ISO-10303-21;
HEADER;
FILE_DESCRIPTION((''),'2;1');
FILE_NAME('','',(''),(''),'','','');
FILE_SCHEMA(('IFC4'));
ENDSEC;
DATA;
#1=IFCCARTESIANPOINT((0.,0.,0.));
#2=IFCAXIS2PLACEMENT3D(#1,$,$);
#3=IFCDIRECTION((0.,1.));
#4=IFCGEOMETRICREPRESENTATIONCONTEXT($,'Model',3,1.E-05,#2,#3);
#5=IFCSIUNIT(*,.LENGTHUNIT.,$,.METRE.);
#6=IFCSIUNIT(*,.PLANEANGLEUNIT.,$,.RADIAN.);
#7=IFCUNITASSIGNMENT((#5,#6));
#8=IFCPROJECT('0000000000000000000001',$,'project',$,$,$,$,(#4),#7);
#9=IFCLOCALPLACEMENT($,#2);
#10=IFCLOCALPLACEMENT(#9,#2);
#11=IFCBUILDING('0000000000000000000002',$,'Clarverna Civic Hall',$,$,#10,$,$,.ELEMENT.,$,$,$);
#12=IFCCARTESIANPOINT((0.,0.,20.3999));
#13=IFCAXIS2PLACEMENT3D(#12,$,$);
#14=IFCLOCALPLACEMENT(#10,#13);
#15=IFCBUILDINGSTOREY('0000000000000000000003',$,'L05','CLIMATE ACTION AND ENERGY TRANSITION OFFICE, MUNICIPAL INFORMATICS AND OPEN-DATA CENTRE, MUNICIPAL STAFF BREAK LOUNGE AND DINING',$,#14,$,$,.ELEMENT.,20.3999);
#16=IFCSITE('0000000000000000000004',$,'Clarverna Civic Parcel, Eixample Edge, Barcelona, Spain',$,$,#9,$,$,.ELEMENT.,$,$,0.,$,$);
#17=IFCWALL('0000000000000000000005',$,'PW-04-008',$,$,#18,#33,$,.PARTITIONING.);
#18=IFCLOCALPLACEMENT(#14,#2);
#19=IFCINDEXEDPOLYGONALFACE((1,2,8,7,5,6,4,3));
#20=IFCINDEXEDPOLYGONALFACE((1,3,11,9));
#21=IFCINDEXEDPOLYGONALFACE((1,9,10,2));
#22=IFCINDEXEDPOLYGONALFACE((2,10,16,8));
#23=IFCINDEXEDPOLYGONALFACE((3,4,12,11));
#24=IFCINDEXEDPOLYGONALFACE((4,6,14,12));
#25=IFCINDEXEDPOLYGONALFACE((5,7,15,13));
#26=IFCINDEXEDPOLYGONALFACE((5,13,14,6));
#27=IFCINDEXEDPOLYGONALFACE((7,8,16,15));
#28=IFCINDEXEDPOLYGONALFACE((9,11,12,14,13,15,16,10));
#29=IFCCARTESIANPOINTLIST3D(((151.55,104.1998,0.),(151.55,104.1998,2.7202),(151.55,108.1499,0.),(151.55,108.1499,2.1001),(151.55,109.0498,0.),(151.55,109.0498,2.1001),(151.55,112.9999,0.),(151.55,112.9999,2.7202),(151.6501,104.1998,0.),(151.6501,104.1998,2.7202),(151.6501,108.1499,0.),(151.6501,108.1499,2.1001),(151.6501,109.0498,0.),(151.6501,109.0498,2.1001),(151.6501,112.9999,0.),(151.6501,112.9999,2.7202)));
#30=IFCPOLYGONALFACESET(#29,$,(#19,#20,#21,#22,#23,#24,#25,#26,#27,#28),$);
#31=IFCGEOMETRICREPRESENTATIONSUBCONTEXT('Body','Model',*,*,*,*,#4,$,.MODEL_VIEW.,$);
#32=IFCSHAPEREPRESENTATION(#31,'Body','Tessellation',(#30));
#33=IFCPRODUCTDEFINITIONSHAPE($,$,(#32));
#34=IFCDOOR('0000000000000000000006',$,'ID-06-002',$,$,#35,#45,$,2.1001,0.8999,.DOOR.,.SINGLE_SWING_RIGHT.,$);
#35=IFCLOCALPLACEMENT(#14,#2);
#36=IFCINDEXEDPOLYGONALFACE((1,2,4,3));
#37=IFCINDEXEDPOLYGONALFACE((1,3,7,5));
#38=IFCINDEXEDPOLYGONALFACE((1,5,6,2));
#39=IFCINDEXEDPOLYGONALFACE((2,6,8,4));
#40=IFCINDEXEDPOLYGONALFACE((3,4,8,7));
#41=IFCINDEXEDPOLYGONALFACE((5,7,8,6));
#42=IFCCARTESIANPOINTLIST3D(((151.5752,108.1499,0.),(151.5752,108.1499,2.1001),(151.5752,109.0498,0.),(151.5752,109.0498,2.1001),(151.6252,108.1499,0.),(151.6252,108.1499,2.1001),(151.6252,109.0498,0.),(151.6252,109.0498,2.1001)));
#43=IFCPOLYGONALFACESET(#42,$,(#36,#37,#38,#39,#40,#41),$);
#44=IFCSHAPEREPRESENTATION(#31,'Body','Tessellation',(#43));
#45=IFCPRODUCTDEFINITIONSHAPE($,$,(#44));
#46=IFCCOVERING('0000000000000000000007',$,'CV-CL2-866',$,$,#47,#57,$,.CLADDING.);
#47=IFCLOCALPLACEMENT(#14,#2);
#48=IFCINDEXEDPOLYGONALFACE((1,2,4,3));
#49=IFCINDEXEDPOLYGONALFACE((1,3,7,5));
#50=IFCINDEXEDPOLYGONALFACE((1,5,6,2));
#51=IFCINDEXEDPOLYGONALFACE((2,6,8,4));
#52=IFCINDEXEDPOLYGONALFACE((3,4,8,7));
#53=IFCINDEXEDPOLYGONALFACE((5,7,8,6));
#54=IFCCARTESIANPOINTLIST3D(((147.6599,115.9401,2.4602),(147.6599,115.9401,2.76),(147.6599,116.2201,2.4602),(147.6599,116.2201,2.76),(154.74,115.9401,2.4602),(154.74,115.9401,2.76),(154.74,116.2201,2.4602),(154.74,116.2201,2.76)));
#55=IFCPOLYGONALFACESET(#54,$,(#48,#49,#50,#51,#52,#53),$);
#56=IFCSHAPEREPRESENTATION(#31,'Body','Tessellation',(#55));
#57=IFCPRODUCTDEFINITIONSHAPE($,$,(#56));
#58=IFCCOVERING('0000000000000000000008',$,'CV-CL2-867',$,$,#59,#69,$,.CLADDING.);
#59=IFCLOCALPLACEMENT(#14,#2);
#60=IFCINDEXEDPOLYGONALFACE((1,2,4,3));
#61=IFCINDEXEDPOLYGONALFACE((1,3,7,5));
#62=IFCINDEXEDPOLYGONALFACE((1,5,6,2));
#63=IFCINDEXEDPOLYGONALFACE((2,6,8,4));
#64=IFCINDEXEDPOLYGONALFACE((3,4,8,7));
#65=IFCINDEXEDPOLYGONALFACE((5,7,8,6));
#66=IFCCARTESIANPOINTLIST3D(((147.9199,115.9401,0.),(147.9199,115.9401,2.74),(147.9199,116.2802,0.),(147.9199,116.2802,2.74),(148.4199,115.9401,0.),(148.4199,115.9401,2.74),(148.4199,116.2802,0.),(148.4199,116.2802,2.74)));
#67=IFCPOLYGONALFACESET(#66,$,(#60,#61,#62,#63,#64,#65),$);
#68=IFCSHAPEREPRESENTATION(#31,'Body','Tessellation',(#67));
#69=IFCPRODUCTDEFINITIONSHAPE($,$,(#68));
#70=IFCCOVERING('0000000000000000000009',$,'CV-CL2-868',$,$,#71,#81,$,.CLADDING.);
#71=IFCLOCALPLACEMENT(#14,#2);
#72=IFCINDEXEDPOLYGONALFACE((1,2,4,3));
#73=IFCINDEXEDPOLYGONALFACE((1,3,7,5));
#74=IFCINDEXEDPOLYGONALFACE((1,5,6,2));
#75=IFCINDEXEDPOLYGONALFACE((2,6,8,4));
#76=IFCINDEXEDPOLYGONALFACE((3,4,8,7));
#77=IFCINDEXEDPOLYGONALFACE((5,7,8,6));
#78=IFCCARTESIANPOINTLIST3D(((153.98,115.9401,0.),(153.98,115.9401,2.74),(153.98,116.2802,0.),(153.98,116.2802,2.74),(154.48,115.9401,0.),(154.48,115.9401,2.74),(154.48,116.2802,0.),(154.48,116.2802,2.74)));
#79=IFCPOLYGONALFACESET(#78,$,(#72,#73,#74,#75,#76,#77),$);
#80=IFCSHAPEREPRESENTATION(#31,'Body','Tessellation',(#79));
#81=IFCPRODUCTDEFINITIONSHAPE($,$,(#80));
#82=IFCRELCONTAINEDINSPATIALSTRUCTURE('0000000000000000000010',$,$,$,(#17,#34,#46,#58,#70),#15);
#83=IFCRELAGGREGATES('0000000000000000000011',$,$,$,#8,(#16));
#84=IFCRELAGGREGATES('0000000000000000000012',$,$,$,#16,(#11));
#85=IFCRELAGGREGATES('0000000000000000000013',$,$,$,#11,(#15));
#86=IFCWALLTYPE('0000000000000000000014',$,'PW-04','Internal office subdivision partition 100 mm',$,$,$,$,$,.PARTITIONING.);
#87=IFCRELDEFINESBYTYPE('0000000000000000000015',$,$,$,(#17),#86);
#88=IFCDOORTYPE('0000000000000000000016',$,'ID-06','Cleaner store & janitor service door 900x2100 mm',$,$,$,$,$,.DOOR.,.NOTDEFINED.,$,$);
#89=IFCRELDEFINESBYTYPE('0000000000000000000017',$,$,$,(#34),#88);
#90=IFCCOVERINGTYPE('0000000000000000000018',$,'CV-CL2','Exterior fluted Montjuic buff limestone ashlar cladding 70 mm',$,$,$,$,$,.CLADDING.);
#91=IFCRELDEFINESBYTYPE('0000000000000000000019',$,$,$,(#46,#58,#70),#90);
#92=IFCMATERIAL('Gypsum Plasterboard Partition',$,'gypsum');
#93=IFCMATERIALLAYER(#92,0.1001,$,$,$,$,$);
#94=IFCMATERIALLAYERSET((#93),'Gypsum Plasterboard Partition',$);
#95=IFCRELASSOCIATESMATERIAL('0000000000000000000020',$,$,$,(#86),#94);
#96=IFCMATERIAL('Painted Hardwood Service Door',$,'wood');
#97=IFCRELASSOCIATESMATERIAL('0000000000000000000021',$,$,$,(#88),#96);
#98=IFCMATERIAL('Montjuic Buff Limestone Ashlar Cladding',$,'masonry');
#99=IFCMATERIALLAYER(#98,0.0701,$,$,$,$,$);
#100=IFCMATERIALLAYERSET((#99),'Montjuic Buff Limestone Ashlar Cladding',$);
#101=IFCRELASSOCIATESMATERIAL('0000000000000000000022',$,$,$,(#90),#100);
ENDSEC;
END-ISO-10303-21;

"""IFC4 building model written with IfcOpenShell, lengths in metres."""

from ifc_helpers import new_model, si_unit, direction, frame, frame_2d, origin, place, context, subcontext, project, spatial, rectangle, extrude, material, layer, layer_set, type_object, element, fill, save


model = new_model("IFC4")

# Units and contexts
model_context = context("Model", 3, precision=1e-05, world=origin(), true_north=direction((0.0, 1.0)))
body_context = subcontext(model_context, "Body", "Model", "MODEL_VIEW")
ifc_project = project(units=[si_unit("LENGTHUNIT", "METRE"), si_unit("PLANEANGLEUNIT", "RADIAN")], contexts=[model_context])

# Site, building, storey
site_placement = place(None, origin())
site = spatial("IfcSite", under=ifc_project, at=site_placement, Name="Clarverna Civic Parcel, Eixample Edge, Barcelona, Spain", CompositionType="ELEMENT", RefElevation=0.0)
building_placement = place(site_placement, origin())
building = spatial("IfcBuilding", under=site, at=building_placement, Name="Clarverna Civic Hall", CompositionType="ELEMENT")
storey_placement = place(building_placement, frame((0.0, 0.0, 20.3999)))
storey = spatial("IfcBuildingStorey", under=building, at=storey_placement, Name="L05", Description="CLIMATE ACTION AND ENERGY TRANSITION OFFICE, MUNICIPAL INFORMATICS AND OPEN-DATA CENTRE, MUNICIPAL STAFF BREAK LOUNGE AND DINING", CompositionType="ELEMENT", Elevation=20.3999)

# Wall, opening, door
ifc_material_1 = material(Name="Gypsum Plasterboard Partition", Category="gypsum")
ifc_layer_1 = layer(ifc_material_1, 0.1001)
ifc_layer_set_1 = layer_set([ifc_layer_1], Name="Gypsum Plasterboard Partition")
wall_type_1 = type_object("IfcWallType", Name="PW-04", Description="Internal office subdivision partition 100 mm", PredefinedType="PARTITIONING", material=ifc_layer_set_1)
wall_1_placement = place(storey_placement, frame((151.6001, 104.2, 0.0), z_axis=(0.0, 0.0, 1.0), x_axis=(0.0, 1.0, 0.0)))
wall_1 = element("IfcWall", 1, at=wall_1_placement, inside=storey, type_object=wall_type_1, Name="PW-04-008", PredefinedType="PARTITIONING", context=body_context, shape_type="SweptSolid", body=[
    extrude(rectangle(XDim=8.8, YDim=0.1001, at=frame_2d((4.3999, 0.0))), origin(), (0.0, 0.0, 1.0), 2.7202),
])
opening_1_placement = place(wall_1_placement, frame((3.95, 0.0, 0.0)))
opening_1 = element("IfcOpeningElement", 2, at=opening_1_placement, cuts=wall_1, PredefinedType="OPENING", context=body_context, shape_type="SweptSolid", body=[
    extrude(rectangle(XDim=0.8999, YDim=2.1001, at=frame_2d((0.45, 1.05))), frame((0.0, 0.0601, 0.0), z_axis=(0.0, -1.0, 0.0), x_axis=(1.0, 0.0, 0.0)), (0.0, 0.0, 1.0), 0.1201),
])
ifc_material_2 = material(Name="Painted Hardwood Service Door", Category="wood")
door_type = type_object("IfcDoorType", Name="ID-06", Description="Cleaner store & janitor service door 900x2100 mm", OperationType="NOTDEFINED", PredefinedType="DOOR", material=ifc_material_2)
door_placement = place(opening_1_placement, origin())
door = element("IfcDoor", 3, at=door_placement, inside=storey, type_object=door_type, Name="ID-06-002", OperationType="SINGLE_SWING_RIGHT", OverallHeight=2.1001, OverallWidth=0.8999, PredefinedType="DOOR", context=body_context, shape_type="SweptSolid", body=[
    extrude(rectangle(XDim=0.8999, YDim=2.1001, at=frame_2d((0.45, 1.05))), frame((0.0, 0.0249, 0.0), z_axis=(0.0, -1.0, 0.0), x_axis=(1.0, 0.0, 0.0)), (0.0, 0.0, 1.0), 0.05),
])
fill(opening_1, door)

# Coverings
ifc_material_3 = material(Name="Montjuic Buff Limestone Ashlar Cladding", Category="masonry")
ifc_layer_2 = layer(ifc_material_3, 0.0701)
ifc_layer_set_2 = layer_set([ifc_layer_2], Name="Montjuic Buff Limestone Ashlar Cladding")
covering_type = type_object("IfcCoveringType", Name="CV-CL2", Description="Exterior fluted Montjuic buff limestone ashlar cladding 70 mm", PredefinedType="CLADDING", material=ifc_layer_set_2)
covering_placement = place(storey_placement, frame((147.6599, 116.0801, 2.4602), z_axis=(0.0, 0.0, 1.0), x_axis=(1.0, 0.0, 0.0)))
element("IfcCovering", 4, at=covering_placement, inside=storey, type_object=covering_type, Name="CV-CL2-866", PredefinedType="CLADDING", context=body_context, shape_type="SweptSolid", body=[
    extrude(rectangle(XDim=7.0801, YDim=0.28, at=frame_2d((3.54, 0.0))), origin(), (0.0, 0.0, 1.0), 0.2998),
])
for number, where, z_axis, x_axis, name in (
    (5, (147.9199, 116.1101, 0.0), (0.0, 0.0, 1.0), (1.0, 0.0, 0.0), "CV-CL2-867"),
    (6, (153.98, 116.1101, 0.0), (0.0, 0.0, 1.0), (1.0, 0.0, 0.0), "CV-CL2-868"),
):
    element("IfcCovering", number, at=place(storey_placement, frame(where, z_axis=z_axis, x_axis=x_axis)), inside=storey, type_object=covering_type, Name=name, PredefinedType="CLADDING", context=body_context, shape_type="SweptSolid", body=[
        extrude(rectangle(XDim=0.5, YDim=0.3401, at=frame_2d((0.25, 0.0))), origin(), (0.0, 0.0, 1.0), 2.74),
    ])

save(model, "model.ifc")
